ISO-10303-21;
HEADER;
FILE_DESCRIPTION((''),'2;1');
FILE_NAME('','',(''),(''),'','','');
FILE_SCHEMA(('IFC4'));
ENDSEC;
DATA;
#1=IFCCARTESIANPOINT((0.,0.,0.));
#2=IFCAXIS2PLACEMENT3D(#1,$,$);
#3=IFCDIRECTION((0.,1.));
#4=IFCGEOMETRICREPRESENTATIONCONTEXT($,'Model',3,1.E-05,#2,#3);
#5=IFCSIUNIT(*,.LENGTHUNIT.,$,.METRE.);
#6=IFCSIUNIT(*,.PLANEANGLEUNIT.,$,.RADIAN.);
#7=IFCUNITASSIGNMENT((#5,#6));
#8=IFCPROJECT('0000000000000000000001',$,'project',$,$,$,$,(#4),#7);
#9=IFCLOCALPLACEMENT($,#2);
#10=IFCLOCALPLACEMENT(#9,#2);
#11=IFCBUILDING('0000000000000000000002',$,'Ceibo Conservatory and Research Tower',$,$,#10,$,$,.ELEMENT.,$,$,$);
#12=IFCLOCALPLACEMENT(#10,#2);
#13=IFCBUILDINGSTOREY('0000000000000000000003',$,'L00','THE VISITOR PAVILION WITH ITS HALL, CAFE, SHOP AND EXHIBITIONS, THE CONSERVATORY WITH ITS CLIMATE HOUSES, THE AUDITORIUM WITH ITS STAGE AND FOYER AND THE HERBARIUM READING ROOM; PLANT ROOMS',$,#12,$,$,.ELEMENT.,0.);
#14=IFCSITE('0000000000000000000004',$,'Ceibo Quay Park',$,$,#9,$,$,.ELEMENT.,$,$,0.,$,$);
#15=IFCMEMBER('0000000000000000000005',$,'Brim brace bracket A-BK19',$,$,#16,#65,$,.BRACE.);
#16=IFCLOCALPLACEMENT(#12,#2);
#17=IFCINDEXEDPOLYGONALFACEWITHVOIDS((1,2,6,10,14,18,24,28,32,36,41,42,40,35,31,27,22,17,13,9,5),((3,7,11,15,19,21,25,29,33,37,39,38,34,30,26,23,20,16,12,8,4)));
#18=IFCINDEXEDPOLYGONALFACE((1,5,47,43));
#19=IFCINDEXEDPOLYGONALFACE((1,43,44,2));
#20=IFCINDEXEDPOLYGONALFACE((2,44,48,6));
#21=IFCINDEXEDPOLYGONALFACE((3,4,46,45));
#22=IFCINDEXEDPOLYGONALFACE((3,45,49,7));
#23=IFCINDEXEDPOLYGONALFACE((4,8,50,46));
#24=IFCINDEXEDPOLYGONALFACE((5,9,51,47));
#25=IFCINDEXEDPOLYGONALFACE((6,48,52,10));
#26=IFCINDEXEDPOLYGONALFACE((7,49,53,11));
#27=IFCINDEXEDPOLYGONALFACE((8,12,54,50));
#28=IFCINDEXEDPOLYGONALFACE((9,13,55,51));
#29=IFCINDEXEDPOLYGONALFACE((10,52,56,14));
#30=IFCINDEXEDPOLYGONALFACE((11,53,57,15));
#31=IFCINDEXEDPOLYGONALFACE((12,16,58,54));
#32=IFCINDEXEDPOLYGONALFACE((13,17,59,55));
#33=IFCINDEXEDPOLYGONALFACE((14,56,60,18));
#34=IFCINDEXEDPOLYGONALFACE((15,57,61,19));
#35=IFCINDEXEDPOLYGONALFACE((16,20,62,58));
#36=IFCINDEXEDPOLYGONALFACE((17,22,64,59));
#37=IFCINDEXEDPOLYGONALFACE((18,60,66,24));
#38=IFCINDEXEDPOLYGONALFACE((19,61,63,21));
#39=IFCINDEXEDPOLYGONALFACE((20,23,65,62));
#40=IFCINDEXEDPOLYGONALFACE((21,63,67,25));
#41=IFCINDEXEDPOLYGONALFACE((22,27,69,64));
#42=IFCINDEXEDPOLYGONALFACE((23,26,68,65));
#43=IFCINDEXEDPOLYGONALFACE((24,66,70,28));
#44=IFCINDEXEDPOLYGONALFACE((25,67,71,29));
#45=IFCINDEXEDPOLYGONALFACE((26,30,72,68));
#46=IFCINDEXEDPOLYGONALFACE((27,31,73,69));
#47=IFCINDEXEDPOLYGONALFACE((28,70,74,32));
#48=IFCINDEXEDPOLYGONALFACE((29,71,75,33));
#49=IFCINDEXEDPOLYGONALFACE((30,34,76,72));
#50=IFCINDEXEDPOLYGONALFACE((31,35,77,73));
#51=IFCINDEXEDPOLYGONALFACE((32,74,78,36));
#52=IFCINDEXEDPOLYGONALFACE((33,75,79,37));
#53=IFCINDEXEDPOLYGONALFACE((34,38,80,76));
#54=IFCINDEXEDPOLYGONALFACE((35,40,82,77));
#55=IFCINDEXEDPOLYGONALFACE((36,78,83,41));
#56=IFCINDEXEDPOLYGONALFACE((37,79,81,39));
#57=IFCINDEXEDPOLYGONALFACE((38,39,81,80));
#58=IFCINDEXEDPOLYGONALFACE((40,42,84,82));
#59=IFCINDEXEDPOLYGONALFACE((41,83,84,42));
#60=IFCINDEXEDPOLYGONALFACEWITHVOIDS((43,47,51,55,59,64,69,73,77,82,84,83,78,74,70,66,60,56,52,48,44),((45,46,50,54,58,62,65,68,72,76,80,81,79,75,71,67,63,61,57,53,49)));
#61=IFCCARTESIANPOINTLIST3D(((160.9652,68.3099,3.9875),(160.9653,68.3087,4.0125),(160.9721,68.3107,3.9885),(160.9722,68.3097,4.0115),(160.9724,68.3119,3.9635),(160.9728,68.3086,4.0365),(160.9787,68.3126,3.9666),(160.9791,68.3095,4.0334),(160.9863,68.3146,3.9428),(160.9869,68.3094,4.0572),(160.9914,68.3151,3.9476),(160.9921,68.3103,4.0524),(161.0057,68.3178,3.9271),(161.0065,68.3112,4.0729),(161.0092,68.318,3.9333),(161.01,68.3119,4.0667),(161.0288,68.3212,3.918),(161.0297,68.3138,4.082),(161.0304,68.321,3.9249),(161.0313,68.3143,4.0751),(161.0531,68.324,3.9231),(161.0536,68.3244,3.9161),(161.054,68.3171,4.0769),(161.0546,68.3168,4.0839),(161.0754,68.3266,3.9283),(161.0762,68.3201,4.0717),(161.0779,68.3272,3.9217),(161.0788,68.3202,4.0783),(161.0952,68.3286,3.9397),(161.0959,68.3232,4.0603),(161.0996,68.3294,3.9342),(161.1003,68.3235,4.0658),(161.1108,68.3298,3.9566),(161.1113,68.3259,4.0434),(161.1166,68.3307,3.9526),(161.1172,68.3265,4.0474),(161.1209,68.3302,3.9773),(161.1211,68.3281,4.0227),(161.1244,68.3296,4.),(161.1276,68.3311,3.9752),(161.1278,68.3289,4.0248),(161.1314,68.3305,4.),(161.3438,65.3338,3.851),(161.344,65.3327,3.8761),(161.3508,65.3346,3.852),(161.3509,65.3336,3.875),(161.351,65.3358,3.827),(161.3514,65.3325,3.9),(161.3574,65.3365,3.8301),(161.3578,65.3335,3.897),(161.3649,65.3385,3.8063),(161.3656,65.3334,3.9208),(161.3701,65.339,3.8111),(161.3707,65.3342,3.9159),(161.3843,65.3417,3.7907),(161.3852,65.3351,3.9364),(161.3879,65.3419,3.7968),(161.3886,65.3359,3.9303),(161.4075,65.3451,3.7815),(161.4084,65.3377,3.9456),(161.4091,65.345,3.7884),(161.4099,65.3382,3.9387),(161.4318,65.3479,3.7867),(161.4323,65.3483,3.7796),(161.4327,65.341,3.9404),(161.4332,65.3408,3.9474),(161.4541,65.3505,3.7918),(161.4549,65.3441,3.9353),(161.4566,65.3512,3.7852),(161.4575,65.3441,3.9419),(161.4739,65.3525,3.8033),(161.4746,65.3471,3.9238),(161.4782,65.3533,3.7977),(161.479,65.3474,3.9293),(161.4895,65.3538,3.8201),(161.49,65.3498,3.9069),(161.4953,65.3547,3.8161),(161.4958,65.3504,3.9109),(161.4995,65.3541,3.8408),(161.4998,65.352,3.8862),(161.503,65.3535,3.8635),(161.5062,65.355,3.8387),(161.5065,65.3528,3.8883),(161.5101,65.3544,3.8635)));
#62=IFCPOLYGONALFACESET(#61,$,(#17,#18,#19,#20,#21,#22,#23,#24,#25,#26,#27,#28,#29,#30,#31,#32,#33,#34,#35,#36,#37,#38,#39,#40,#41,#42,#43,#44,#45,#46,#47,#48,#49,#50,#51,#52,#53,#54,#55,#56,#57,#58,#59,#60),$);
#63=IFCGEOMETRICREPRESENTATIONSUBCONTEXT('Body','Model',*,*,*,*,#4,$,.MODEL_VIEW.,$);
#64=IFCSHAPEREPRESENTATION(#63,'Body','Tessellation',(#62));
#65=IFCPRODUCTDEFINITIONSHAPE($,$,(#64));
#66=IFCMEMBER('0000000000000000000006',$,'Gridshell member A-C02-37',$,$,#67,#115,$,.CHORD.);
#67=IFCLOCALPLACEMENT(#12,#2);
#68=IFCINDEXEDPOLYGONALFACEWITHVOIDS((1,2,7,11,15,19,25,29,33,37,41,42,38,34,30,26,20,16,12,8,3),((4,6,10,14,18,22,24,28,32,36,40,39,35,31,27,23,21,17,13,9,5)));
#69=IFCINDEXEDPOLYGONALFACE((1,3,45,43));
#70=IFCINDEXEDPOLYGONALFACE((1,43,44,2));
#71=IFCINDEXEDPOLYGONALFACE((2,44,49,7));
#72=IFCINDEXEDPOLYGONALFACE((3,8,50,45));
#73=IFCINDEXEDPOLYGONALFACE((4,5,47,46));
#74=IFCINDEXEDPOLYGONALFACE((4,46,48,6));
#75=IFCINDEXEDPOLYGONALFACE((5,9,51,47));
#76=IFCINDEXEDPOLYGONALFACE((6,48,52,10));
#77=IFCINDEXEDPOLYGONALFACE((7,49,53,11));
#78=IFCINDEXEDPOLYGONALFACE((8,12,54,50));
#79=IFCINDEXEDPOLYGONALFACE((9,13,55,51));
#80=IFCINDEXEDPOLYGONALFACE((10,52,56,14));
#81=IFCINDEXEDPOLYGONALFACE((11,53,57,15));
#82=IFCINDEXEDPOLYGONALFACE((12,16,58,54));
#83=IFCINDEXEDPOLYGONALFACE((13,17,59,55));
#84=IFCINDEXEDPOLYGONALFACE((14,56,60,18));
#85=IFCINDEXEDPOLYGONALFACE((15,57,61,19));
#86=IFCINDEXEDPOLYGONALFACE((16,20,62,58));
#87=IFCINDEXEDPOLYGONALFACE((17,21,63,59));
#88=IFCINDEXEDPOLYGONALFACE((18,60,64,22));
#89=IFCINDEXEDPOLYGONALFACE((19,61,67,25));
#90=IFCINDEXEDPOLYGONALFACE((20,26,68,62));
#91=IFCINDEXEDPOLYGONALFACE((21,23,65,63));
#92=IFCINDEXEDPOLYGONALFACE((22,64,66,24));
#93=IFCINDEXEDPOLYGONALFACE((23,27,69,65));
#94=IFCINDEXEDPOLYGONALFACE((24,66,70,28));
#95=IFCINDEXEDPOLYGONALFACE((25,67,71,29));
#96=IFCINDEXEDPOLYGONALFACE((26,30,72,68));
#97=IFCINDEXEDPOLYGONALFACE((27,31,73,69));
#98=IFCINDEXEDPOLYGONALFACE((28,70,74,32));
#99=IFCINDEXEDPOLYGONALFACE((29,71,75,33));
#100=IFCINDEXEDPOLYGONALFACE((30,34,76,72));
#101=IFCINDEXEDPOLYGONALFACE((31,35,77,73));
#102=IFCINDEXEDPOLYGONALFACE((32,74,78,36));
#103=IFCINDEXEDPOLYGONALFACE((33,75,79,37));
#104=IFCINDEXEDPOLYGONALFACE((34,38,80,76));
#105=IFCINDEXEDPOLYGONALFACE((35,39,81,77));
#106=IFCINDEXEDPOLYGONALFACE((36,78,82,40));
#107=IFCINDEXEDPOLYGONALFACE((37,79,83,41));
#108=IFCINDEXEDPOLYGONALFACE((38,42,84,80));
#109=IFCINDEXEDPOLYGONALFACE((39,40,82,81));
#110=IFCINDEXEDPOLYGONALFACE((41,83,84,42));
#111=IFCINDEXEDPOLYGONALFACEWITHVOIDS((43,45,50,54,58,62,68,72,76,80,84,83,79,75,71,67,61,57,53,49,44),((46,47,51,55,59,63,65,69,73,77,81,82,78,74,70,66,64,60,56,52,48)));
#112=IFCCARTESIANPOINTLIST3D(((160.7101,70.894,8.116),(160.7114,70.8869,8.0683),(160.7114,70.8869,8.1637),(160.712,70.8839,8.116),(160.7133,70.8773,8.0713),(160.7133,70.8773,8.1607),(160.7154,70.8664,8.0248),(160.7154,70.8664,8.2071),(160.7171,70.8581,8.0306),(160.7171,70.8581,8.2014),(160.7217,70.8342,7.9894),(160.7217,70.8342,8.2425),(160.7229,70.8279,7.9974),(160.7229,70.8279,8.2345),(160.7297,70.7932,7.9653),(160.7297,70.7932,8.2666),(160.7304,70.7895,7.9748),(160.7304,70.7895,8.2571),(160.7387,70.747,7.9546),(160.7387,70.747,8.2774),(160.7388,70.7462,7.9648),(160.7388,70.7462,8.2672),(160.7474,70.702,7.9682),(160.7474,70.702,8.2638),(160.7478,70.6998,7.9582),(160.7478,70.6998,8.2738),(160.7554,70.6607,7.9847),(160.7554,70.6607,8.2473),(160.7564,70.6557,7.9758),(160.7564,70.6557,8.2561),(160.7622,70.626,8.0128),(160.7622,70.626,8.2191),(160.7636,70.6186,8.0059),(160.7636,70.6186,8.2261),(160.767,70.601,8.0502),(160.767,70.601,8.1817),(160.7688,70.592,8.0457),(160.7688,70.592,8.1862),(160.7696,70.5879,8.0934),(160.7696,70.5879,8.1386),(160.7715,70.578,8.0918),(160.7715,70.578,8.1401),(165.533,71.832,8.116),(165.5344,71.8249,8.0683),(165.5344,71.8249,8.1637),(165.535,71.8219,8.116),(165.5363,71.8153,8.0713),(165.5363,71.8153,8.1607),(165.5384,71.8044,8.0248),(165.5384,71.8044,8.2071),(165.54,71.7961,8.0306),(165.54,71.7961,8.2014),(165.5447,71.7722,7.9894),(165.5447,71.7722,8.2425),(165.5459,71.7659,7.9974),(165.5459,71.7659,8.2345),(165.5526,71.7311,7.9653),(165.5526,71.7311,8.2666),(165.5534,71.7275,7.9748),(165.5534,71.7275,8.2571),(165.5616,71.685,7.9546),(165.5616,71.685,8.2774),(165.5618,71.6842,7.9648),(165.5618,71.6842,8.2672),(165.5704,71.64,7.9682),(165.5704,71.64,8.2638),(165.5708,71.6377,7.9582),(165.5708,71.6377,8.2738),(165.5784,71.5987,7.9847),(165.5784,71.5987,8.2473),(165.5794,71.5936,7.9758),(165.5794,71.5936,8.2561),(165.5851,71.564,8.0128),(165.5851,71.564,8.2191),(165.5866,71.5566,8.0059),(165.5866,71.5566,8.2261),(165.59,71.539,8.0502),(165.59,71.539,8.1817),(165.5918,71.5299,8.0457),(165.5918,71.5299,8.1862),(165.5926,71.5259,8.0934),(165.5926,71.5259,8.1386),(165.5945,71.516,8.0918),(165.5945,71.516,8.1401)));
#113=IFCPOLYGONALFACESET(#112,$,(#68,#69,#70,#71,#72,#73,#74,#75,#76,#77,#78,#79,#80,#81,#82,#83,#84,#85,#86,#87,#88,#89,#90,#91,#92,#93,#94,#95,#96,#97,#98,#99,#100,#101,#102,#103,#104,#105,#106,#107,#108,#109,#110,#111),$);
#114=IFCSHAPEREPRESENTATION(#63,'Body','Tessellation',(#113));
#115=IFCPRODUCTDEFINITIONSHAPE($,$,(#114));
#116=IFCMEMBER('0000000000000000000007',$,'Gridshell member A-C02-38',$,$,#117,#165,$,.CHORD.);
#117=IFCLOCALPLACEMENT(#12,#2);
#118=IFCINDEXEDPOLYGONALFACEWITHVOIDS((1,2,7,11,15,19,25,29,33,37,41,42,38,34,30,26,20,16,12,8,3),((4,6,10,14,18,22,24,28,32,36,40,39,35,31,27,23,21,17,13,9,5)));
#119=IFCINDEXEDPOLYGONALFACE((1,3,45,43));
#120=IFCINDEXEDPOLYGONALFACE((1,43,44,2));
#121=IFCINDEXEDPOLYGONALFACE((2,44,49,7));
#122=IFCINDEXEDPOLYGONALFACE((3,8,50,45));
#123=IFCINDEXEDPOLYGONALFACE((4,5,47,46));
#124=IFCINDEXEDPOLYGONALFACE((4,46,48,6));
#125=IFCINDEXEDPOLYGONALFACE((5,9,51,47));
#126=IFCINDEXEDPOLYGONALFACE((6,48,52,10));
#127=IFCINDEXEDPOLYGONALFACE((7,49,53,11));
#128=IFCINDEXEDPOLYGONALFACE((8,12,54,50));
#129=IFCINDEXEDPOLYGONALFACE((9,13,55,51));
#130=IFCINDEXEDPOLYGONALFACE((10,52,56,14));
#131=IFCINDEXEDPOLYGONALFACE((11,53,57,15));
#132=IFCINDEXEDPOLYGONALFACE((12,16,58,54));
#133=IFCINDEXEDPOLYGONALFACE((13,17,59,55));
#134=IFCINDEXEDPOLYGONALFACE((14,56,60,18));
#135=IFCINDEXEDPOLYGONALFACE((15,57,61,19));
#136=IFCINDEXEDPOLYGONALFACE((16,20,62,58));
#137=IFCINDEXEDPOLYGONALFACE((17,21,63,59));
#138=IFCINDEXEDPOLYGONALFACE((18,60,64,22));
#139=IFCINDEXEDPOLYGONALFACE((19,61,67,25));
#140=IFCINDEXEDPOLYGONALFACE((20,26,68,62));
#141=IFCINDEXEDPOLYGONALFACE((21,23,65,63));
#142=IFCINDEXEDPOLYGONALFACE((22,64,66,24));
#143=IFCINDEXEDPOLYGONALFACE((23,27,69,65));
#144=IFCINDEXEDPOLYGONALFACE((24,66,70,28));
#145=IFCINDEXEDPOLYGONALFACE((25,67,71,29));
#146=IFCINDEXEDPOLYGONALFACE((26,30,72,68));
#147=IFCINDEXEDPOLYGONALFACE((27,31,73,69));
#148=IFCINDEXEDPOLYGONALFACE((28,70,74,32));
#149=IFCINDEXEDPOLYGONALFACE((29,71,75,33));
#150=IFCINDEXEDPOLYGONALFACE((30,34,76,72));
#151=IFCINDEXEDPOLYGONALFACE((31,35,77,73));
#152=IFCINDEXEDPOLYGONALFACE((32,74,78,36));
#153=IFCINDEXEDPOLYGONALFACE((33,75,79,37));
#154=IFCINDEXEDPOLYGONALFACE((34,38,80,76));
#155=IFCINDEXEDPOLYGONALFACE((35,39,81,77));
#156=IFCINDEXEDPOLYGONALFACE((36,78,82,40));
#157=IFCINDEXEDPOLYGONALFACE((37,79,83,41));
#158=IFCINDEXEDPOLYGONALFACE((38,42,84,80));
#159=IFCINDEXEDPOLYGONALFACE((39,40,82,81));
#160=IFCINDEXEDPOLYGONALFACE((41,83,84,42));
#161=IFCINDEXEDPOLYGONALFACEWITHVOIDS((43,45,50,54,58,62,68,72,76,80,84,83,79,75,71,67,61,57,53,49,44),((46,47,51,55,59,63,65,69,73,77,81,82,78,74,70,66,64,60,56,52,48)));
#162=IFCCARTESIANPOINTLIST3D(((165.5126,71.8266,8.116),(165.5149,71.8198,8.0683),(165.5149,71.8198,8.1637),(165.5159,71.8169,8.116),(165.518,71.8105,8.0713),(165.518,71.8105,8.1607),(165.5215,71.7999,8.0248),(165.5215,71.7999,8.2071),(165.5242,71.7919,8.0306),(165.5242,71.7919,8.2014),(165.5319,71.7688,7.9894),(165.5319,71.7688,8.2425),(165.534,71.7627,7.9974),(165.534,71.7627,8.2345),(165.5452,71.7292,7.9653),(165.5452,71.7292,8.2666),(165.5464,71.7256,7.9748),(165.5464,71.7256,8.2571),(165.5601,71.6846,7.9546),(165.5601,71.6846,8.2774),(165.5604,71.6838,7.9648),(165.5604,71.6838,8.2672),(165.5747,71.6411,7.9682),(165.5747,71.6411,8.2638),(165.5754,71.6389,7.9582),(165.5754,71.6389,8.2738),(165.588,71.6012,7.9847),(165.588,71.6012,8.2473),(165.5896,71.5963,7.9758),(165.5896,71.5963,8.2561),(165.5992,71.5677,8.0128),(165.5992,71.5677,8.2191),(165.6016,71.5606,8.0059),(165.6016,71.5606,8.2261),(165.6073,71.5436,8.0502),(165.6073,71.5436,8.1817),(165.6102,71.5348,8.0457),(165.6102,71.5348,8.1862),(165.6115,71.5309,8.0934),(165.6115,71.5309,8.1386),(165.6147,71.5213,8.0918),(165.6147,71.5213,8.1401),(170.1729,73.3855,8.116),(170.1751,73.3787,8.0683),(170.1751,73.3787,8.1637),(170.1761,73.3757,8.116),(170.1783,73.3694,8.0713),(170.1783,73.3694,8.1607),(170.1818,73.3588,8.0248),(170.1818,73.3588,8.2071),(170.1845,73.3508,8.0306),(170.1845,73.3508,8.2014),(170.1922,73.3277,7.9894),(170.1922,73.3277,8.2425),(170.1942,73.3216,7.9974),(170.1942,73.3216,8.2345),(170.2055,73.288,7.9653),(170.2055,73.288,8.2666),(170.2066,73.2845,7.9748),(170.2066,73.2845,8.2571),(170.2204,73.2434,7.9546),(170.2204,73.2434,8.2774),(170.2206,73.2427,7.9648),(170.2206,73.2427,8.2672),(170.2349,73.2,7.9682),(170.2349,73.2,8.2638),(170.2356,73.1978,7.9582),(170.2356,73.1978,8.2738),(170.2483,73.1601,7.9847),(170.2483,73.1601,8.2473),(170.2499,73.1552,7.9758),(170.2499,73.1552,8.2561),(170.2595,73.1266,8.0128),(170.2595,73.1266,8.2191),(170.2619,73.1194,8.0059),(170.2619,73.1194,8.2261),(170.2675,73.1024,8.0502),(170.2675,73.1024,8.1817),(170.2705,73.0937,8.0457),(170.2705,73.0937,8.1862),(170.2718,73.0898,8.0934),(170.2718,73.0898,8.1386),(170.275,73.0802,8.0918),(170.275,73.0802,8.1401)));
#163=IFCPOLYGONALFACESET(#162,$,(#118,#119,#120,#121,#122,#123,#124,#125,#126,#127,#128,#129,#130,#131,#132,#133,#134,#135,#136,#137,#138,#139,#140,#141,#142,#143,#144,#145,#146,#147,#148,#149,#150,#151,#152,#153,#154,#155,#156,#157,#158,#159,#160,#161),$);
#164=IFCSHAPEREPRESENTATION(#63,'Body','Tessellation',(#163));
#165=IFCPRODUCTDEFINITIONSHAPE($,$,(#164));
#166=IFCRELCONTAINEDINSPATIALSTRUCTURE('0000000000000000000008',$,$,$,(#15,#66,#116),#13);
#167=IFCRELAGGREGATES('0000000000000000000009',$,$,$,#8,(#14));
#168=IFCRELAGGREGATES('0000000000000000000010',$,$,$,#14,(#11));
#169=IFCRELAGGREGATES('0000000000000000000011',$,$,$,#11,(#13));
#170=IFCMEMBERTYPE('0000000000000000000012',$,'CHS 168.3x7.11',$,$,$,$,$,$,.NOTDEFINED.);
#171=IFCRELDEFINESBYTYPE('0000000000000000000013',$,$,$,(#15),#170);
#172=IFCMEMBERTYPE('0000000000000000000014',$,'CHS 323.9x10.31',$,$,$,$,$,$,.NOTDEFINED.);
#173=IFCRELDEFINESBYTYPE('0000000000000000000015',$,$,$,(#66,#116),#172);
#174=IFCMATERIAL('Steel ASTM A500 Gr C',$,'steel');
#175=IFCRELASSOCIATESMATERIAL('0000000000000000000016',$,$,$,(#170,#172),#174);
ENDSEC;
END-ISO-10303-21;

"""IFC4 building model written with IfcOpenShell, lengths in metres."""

from ifc_helpers import new_model, si_unit, direction, frame, origin, origin_2d, place, context, subcontext, project, spatial, hollow_circle, extrude, material, material_profile, profile_set, type_object, element, save


model = new_model("IFC4")

# Units and contexts
model_context = context("Model", 3, precision=1e-05, world=origin(), true_north=direction((0.0, 1.0)))
body_context = subcontext(model_context, "Body", "Model", "MODEL_VIEW")
ifc_project = project(units=[si_unit("LENGTHUNIT", "METRE"), si_unit("PLANEANGLEUNIT", "RADIAN")], contexts=[model_context])

# Site, building, storey
site_placement = place(None, origin())
site = spatial("IfcSite", under=ifc_project, at=site_placement, Name="Ceibo Quay Park", CompositionType="ELEMENT", RefElevation=0.0)
building_placement = place(site_placement, origin())
building = spatial("IfcBuilding", under=site, at=building_placement, Name="Ceibo Conservatory and Research Tower", CompositionType="ELEMENT")
storey_placement = place(building_placement, origin())
storey = spatial("IfcBuildingStorey", under=building, at=storey_placement, Name="L00", Description="THE VISITOR PAVILION WITH ITS HALL, CAFE, SHOP AND EXHIBITIONS, THE CONSERVATORY WITH ITS CLIMATE HOUSES, THE AUDITORIUM WITH ITS STAGE AND FOYER AND THE HERBARIUM READING ROOM; PLANT ROOMS", CompositionType="ELEMENT", Elevation=0.0)

# Members
ifc_material_1 = material(Name="Steel ASTM A500 Gr C", Category="steel")
ifc_material_profile_1 = material_profile(ifc_material_1, hollow_circle(Radius=0.0842, WallThickness=0.0071, at=origin_2d()), Name="CHS 168.3x7.11")
ifc_profile_set_1 = profile_set([ifc_material_profile_1], Name="Steel ASTM A500 Gr C")
member_type_1 = type_object("IfcMemberType", Name="CHS 168.3x7.11", PredefinedType="NOTDEFINED", material=ifc_profile_set_1)
member_1_placement = place(storey_placement, frame((161.0479, 68.3198, 4.0), z_axis=(0.126087, -0.990978, -0.045444), x_axis=(0.992003, 0.126218, 0.0)))
element("IfcMember", 1, at=member_1_placement, inside=storey, type_object=member_type_1, Name="Brim brace bracket A-BK19", PredefinedType="BRACE", context=body_context, shape_type="SweptSolid", body=[
    extrude(hollow_circle(Radius=0.0842, WallThickness=0.0071, at=origin_2d()), origin(), (0.0, 0.0, 1.0), 3.0032),
])
ifc_material_profile_2 = material_profile(ifc_material_1, hollow_circle(Radius=0.1619, WallThickness=0.0103, at=origin_2d()), Name="CHS 323.9x10.31")
ifc_profile_set_2 = profile_set([ifc_material_profile_2], Name="Steel ASTM A500 Gr C")
member_type_2 = type_object("IfcMemberType", Name="CHS 323.9x10.31", PredefinedType="NOTDEFINED", material=ifc_profile_set_2)
member_2_placement = place(storey_placement, frame((160.741, 70.7351, 8.116), z_axis=(0.981608, 0.190906, 0.0), x_axis=(-0.190906, 0.981608, 0.0)))
element("IfcMember", 2, at=member_2_placement, inside=storey, type_object=member_type_2, Name="Gridshell member A-C02-37", PredefinedType="CHORD", context=body_context, shape_type="SweptSolid", body=[
    extrude(hollow_circle(Radius=0.1619, WallThickness=0.0103, at=origin_2d()), origin(), (0.0, 0.0, 1.0), 4.9133),
])
member_3_placement = place(storey_placement, frame((165.564, 71.6731, 8.116), z_axis=(0.94835, 0.317226, 0.0), x_axis=(-0.317226, 0.94835, 0.0)))
element("IfcMember", 3, at=member_3_placement, inside=storey, type_object=member_type_2, Name="Gridshell member A-C02-38", PredefinedType="CHORD", context=body_context, shape_type="SweptSolid", body=[
    extrude(hollow_circle(Radius=0.1619, WallThickness=0.0103, at=origin_2d()), origin(), (0.0, 0.0, 1.0), 4.9141),
])

save(model, "model.ifc")
